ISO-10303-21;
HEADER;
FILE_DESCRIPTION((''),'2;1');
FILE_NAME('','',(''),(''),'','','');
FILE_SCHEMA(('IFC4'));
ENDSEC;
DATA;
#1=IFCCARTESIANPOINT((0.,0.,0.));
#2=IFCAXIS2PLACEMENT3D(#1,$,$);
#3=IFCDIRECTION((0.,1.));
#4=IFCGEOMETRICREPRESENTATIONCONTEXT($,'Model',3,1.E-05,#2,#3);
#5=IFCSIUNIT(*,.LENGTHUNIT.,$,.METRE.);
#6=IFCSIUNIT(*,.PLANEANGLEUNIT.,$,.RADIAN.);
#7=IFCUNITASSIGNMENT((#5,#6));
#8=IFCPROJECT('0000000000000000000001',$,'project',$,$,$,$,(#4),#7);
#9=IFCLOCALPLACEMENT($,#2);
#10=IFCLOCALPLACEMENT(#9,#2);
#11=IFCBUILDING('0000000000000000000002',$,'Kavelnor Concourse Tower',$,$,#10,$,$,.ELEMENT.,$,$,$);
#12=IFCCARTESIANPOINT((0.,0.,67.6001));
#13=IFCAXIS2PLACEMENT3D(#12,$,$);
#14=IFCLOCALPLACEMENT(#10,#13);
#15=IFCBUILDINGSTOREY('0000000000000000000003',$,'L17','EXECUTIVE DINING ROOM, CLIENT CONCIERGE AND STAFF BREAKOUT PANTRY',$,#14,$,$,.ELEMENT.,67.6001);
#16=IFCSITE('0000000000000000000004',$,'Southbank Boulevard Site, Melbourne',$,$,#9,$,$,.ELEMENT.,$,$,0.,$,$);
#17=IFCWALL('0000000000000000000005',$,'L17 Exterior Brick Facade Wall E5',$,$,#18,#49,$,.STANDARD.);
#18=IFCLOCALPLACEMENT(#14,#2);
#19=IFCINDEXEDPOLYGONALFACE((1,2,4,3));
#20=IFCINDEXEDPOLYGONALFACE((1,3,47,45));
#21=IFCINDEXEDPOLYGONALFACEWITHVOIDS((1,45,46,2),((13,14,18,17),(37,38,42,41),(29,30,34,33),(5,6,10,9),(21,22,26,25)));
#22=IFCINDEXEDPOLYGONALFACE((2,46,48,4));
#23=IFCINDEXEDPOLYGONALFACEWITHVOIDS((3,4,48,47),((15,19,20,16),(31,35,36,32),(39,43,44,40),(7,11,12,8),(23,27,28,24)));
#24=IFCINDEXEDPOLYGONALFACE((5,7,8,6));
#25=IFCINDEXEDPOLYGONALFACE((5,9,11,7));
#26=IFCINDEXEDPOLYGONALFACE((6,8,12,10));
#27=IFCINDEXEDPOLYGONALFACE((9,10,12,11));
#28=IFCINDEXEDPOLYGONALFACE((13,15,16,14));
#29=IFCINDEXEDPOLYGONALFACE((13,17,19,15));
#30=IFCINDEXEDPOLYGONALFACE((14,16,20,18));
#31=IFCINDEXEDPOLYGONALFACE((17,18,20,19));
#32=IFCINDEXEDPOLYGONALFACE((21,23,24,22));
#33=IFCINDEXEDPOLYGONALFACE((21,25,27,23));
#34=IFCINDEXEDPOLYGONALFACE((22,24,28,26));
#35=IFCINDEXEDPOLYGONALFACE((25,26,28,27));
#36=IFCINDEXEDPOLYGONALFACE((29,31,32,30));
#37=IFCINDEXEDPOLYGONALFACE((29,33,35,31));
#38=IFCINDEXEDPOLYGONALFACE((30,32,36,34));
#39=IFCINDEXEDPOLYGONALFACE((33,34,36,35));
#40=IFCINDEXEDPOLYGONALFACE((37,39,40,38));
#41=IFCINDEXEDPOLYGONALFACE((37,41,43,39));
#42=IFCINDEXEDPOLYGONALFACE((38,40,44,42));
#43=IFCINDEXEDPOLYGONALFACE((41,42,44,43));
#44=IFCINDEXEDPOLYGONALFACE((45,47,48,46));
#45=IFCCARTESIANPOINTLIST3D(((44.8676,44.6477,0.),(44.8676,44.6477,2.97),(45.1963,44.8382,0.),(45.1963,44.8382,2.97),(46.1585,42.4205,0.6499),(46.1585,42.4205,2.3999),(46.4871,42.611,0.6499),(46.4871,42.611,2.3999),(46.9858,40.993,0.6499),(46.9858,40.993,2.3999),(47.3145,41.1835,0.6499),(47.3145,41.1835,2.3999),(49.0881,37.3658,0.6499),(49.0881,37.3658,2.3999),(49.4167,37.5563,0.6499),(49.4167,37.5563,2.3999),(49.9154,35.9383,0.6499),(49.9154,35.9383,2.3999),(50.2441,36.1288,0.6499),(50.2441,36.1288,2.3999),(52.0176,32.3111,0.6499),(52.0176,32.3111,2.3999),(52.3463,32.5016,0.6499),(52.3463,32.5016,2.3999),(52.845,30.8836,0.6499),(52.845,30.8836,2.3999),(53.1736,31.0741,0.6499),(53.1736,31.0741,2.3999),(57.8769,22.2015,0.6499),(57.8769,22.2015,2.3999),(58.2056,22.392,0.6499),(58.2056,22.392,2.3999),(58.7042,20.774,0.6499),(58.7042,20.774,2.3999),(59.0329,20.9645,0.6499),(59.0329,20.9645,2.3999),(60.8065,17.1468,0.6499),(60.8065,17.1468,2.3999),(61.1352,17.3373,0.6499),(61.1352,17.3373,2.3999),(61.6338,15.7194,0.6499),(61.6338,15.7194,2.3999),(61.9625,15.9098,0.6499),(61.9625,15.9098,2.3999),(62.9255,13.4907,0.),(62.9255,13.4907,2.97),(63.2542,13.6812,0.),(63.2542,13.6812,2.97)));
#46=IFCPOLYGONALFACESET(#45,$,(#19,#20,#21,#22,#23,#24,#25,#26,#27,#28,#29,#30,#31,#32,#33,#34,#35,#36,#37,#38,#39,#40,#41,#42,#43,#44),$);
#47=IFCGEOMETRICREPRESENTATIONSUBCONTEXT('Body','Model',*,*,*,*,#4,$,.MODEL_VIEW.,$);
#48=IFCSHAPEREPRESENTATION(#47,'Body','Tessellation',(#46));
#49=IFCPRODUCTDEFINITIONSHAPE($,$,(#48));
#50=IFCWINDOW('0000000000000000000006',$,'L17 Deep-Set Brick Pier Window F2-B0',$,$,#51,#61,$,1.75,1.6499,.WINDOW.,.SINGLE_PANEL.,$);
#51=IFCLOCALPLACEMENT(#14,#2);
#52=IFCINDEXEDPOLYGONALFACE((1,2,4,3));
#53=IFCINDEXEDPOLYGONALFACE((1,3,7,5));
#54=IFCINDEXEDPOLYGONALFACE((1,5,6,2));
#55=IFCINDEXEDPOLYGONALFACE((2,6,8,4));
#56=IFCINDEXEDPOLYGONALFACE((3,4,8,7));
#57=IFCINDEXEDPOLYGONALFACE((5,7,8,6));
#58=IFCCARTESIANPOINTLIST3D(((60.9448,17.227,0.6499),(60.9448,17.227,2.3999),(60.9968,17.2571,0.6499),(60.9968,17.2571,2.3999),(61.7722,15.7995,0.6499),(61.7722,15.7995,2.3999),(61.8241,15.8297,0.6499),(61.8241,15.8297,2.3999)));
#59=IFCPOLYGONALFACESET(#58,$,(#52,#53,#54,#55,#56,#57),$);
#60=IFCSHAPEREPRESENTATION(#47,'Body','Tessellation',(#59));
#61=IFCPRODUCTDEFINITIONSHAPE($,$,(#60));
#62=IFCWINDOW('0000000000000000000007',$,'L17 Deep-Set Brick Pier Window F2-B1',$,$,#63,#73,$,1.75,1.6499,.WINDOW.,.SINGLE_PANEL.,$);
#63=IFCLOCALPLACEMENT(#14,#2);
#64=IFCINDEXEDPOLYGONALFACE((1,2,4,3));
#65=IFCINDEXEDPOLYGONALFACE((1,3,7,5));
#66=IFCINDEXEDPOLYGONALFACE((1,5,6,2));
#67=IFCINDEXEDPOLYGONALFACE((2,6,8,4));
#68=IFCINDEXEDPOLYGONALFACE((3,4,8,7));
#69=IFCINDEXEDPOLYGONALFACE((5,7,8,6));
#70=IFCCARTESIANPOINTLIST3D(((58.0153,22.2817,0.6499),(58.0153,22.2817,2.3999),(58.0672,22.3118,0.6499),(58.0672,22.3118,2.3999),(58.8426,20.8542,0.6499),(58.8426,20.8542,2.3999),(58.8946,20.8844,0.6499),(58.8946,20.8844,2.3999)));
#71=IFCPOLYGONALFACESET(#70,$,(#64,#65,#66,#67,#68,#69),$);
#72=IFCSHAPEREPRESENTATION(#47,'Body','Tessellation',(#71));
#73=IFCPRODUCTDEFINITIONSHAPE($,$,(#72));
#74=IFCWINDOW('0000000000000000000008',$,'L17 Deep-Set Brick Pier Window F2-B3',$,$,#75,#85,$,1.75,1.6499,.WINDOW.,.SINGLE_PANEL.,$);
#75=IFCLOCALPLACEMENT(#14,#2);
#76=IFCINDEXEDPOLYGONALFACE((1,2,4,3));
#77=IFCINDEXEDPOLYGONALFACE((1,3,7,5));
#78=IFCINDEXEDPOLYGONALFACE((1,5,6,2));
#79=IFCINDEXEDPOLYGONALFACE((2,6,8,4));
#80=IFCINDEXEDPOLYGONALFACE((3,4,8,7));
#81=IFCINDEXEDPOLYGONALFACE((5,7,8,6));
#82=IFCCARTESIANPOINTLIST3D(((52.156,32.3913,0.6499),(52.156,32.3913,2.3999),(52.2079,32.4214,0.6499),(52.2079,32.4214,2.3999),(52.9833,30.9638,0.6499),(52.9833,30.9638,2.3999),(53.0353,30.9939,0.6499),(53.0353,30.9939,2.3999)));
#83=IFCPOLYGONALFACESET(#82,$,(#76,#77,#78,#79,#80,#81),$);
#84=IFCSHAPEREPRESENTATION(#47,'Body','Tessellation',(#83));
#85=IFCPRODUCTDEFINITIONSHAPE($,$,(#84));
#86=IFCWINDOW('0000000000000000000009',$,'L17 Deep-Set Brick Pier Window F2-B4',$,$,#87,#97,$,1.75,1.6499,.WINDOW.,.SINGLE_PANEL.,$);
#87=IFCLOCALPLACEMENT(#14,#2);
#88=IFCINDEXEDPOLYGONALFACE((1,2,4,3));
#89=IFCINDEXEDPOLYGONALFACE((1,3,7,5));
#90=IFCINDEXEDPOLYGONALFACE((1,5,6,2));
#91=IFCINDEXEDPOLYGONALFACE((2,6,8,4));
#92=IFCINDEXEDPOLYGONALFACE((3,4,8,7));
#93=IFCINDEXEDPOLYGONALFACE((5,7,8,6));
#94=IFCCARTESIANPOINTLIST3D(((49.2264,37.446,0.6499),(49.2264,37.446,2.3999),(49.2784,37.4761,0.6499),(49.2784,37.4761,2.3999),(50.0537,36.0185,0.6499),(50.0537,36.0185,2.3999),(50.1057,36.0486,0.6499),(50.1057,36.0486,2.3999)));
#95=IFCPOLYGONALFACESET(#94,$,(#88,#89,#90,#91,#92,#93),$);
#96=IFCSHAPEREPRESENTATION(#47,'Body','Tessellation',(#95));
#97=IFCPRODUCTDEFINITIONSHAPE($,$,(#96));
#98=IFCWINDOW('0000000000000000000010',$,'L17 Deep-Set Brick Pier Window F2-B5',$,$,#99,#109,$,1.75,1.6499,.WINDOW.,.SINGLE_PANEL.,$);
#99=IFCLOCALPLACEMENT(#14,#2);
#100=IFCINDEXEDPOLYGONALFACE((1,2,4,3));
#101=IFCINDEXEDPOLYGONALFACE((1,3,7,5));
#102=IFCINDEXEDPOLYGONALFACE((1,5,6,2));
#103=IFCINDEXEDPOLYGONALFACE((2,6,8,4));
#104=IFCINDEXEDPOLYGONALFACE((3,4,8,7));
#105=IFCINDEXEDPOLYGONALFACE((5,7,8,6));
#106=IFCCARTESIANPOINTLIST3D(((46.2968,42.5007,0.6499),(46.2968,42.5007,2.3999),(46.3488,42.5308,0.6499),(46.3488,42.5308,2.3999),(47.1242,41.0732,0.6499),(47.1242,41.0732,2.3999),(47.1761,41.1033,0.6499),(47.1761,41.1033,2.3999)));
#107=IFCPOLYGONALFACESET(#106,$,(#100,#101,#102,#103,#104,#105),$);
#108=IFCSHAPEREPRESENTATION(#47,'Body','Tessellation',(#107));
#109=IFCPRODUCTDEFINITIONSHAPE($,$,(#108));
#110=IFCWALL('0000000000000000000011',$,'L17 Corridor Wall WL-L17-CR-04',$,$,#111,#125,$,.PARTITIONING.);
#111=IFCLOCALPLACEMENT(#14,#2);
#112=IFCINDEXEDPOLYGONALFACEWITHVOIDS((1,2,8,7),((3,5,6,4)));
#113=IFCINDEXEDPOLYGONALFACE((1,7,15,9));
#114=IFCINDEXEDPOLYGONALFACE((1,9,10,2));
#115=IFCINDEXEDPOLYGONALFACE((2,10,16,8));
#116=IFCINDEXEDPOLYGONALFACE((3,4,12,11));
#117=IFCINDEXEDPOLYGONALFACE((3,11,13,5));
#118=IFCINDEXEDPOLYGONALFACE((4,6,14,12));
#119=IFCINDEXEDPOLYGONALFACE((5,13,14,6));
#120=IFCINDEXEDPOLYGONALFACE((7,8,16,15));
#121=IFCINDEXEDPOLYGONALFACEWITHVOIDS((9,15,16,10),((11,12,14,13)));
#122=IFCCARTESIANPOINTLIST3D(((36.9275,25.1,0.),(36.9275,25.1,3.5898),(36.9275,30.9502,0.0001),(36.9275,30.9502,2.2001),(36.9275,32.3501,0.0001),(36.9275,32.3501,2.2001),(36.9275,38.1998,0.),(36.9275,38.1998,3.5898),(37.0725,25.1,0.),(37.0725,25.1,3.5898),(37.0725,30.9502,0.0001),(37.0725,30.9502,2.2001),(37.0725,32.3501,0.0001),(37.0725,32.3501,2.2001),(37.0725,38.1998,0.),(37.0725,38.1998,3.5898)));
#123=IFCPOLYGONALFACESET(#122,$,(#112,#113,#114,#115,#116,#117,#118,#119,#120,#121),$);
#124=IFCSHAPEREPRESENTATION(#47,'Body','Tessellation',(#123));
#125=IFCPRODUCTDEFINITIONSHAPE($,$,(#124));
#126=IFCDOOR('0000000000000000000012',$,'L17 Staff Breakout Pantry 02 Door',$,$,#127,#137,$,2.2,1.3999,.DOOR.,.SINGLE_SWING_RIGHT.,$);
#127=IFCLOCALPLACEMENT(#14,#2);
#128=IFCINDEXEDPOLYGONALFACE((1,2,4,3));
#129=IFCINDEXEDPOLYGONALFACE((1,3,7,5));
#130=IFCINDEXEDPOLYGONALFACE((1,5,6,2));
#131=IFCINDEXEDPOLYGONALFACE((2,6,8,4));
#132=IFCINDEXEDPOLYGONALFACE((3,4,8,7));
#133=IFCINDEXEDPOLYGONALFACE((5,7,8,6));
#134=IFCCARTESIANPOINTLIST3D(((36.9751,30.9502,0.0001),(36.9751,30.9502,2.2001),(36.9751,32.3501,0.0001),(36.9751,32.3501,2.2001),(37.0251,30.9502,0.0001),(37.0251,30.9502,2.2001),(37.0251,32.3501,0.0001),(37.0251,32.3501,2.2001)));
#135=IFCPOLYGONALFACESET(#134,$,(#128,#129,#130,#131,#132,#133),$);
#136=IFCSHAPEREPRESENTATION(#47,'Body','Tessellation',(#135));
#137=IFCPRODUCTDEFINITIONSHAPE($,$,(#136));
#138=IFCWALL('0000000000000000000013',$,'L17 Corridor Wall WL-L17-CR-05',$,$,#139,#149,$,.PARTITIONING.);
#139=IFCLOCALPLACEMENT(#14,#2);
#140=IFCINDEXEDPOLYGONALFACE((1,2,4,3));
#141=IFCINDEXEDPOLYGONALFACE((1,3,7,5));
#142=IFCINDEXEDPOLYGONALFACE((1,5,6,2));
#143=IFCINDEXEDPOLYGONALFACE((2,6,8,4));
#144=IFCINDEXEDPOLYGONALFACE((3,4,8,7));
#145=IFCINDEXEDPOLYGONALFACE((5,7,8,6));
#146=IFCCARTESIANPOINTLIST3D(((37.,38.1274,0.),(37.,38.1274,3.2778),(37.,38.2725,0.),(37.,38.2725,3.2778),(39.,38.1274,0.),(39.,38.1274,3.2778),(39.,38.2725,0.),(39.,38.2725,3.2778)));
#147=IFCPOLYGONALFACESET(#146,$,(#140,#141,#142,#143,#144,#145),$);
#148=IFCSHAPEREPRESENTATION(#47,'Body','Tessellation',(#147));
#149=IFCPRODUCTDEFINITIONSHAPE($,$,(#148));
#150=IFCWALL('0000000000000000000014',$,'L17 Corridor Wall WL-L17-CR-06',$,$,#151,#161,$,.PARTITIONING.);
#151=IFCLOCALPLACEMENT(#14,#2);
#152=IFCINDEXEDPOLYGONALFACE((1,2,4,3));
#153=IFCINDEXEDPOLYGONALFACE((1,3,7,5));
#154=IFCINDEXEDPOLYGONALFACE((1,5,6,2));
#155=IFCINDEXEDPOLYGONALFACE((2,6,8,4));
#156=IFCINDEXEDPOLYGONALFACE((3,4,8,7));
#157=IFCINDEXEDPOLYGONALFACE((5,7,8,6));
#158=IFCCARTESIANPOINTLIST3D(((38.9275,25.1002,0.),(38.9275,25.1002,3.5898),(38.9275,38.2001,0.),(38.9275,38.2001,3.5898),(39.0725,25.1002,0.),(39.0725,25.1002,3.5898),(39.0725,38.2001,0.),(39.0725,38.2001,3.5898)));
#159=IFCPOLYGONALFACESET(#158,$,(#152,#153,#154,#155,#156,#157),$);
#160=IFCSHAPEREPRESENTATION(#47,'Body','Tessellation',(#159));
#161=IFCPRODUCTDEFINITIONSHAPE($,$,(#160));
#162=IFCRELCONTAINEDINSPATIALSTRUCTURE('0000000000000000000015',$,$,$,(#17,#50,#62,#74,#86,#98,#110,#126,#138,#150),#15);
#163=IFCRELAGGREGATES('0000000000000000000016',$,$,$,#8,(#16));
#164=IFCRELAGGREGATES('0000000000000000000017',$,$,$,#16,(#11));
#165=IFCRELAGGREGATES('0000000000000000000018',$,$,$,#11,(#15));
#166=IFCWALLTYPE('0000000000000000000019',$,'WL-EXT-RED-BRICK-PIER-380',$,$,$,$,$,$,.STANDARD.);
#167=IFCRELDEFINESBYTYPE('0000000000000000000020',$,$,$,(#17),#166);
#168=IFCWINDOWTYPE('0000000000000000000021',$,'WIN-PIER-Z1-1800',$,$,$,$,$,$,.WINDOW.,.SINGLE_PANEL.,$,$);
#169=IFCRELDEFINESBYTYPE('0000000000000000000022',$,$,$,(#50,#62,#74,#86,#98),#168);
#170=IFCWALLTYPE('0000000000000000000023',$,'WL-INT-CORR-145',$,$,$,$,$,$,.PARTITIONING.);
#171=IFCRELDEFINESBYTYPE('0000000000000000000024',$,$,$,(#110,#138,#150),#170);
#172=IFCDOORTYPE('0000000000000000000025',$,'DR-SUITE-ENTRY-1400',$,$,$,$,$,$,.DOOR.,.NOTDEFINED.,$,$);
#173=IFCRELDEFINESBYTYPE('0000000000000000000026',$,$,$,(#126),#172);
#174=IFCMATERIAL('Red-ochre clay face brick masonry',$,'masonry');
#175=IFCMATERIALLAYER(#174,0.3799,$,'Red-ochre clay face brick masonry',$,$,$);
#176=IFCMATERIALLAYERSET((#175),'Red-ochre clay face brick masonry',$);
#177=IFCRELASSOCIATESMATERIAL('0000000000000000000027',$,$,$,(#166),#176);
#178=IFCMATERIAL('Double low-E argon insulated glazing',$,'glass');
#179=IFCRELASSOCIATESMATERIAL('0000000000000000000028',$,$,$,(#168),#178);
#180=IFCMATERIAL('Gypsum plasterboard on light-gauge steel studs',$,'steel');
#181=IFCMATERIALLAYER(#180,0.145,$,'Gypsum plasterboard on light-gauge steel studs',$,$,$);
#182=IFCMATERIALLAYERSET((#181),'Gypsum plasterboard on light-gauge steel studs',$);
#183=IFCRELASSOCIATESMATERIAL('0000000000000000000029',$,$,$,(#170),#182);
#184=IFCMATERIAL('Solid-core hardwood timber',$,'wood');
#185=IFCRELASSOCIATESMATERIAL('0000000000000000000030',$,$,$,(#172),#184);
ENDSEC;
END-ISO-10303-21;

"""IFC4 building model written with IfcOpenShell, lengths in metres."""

from ifc_helpers import new_model, si_unit, direction, frame, frame_2d, origin, place, context, subcontext, project, spatial, rectangle, extrude, material, layer, layer_set, type_object, element, fill, save


model = new_model("IFC4")

# Units and contexts
model_context = context("Model", 3, precision=1e-05, world=origin(), true_north=direction((0.0, 1.0)))
body_context = subcontext(model_context, "Body", "Model", "MODEL_VIEW")
ifc_project = project(units=[si_unit("LENGTHUNIT", "METRE"), si_unit("PLANEANGLEUNIT", "RADIAN")], contexts=[model_context])

# Site, building, storey
site_placement = place(None, origin())
site = spatial("IfcSite", under=ifc_project, at=site_placement, Name="Southbank Boulevard Site, Melbourne", CompositionType="ELEMENT", RefElevation=0.0)
building_placement = place(site_placement, origin())
building = spatial("IfcBuilding", under=site, at=building_placement, Name="Kavelnor Concourse Tower", CompositionType="ELEMENT")
storey_placement = place(building_placement, frame((0.0, 0.0, 67.6001)))
storey = spatial("IfcBuildingStorey", under=building, at=storey_placement, Name="L17", Description="EXECUTIVE DINING ROOM, CLIENT CONCIERGE AND STAFF BREAKOUT PANTRY", CompositionType="ELEMENT", Elevation=67.6001)

# Wall, openings, windows
ifc_material_1 = material(Name="Red-ochre clay face brick masonry", Category="masonry")
ifc_layer_1 = layer(ifc_material_1, 0.3799, Name="Red-ochre clay face brick masonry")
ifc_layer_set_1 = layer_set([ifc_layer_1], Name="Red-ochre clay face brick masonry")
wall_type_1 = type_object("IfcWallType", Name="WL-EXT-RED-BRICK-PIER-380", PredefinedType="STANDARD", material=ifc_layer_set_1)
wall_1_placement = place(storey_placement, frame((45.032, 44.7429, 0.0), z_axis=(0.0, 0.0, 1.0), x_axis=(0.501444, -0.86519, 0.0)))
wall_1 = element("IfcWall", 1, at=wall_1_placement, inside=storey, type_object=wall_type_1, Name="L17 Exterior Brick Facade Wall E5", PredefinedType="STANDARD", context=body_context, shape_type="SweptSolid", body=[
    extrude(rectangle(XDim=36.0117, YDim=0.3799, at=frame_2d((18.0059, 0.0))), origin(), (0.0, 0.0, 1.0), 2.97),
])
opening_1_placement = place(wall_1_placement, frame((31.7859, 0.0, 0.6499)))
opening_1 = element("IfcOpeningElement", 2, at=opening_1_placement, cuts=wall_1, PredefinedType="OPENING", context=body_context, shape_type="SweptSolid", body=[
    extrude(rectangle(XDim=1.6499, YDim=1.75, at=frame_2d((0.825, 0.875))), frame((0.0, 0.2, 0.0), z_axis=(0.0, -1.0, 0.0), x_axis=(1.0, 0.0, 0.0)), (0.0, 0.0, 1.0), 0.3999),
])
opening_2_placement = place(wall_1_placement, frame((25.9436, 0.0, 0.6499)))
opening_2 = element("IfcOpeningElement", 3, at=opening_2_placement, cuts=wall_1, PredefinedType="OPENING", context=body_context, shape_type="SweptSolid", body=[
    extrude(rectangle(XDim=1.6499, YDim=1.75, at=frame_2d((0.825, 0.875))), frame((0.0, 0.2, 0.0), z_axis=(0.0, -1.0, 0.0), x_axis=(1.0, 0.0, 0.0)), (0.0, 0.0, 1.0), 0.3999),
])
opening_3_placement = place(wall_1_placement, frame((14.2588, 0.0, 0.6499)))
opening_3 = element("IfcOpeningElement", 4, at=opening_3_placement, cuts=wall_1, PredefinedType="OPENING", context=body_context, shape_type="SweptSolid", body=[
    extrude(rectangle(XDim=1.6499, YDim=1.75, at=frame_2d((0.825, 0.875))), frame((0.0, 0.2, 0.0), z_axis=(0.0, -1.0, 0.0), x_axis=(1.0, 0.0, 0.0)), (0.0, 0.0, 1.0), 0.3999),
])
opening_4_placement = place(wall_1_placement, frame((8.4165, 0.0, 0.6499)))
opening_4 = element("IfcOpeningElement", 5, at=opening_4_placement, cuts=wall_1, PredefinedType="OPENING", context=body_context, shape_type="SweptSolid", body=[
    extrude(rectangle(XDim=1.6499, YDim=1.75, at=frame_2d((0.825, 0.875))), frame((0.0, 0.2, 0.0), z_axis=(0.0, -1.0, 0.0), x_axis=(1.0, 0.0, 0.0)), (0.0, 0.0, 1.0), 0.3999),
])
opening_5_placement = place(wall_1_placement, frame((2.5742, 0.0, 0.6499)))
opening_5 = element("IfcOpeningElement", 6, at=opening_5_placement, cuts=wall_1, PredefinedType="OPENING", context=body_context, shape_type="SweptSolid", body=[
    extrude(rectangle(XDim=1.6499, YDim=1.75, at=frame_2d((0.825, 0.875))), frame((0.0, 0.2, 0.0), z_axis=(0.0, -1.0, 0.0), x_axis=(1.0, 0.0, 0.0)), (0.0, 0.0, 1.0), 0.3999),
])
ifc_material_2 = material(Name="Double low-E argon insulated glazing", Category="glass")
window_type = type_object("IfcWindowType", Name="WIN-PIER-Z1-1800", PartitioningType="SINGLE_PANEL", PredefinedType="WINDOW", material=ifc_material_2)
window_1_placement = place(opening_1_placement, origin())
window_1 = element("IfcWindow", 7, at=window_1_placement, inside=storey, type_object=window_type, Name="L17 Deep-Set Brick Pier Window F2-B0", OverallHeight=1.75, OverallWidth=1.6499, PartitioningType="SINGLE_PANEL", PredefinedType="WINDOW", context=body_context, shape_type="SweptSolid", body=[
    extrude(rectangle(XDim=1.6499, YDim=1.75, at=frame_2d((0.825, 0.875))), frame((0.0, 0.03, 0.0), z_axis=(0.0, -1.0, 0.0), x_axis=(1.0, 0.0, 0.0)), (0.0, 0.0, 1.0), 0.0601),
])
fill(opening_1, window_1)
window_2_placement = place(opening_2_placement, origin())
window_2 = element("IfcWindow", 8, at=window_2_placement, inside=storey, type_object=window_type, Name="L17 Deep-Set Brick Pier Window F2-B1", OverallHeight=1.75, OverallWidth=1.6499, PartitioningType="SINGLE_PANEL", PredefinedType="WINDOW", context=body_context, shape_type="SweptSolid", body=[
    extrude(rectangle(XDim=1.6499, YDim=1.75, at=frame_2d((0.825, 0.875))), frame((0.0, 0.03, 0.0), z_axis=(0.0, -1.0, 0.0), x_axis=(1.0, 0.0, 0.0)), (0.0, 0.0, 1.0), 0.0601),
])
fill(opening_2, window_2)
window_3_placement = place(opening_3_placement, origin())
window_3 = element("IfcWindow", 9, at=window_3_placement, inside=storey, type_object=window_type, Name="L17 Deep-Set Brick Pier Window F2-B3", OverallHeight=1.75, OverallWidth=1.6499, PartitioningType="SINGLE_PANEL", PredefinedType="WINDOW", context=body_context, shape_type="SweptSolid", body=[
    extrude(rectangle(XDim=1.6499, YDim=1.75, at=frame_2d((0.825, 0.875))), frame((0.0, 0.03, 0.0), z_axis=(0.0, -1.0, 0.0), x_axis=(1.0, 0.0, 0.0)), (0.0, 0.0, 1.0), 0.0601),
])
fill(opening_3, window_3)
window_4_placement = place(opening_4_placement, origin())
window_4 = element("IfcWindow", 10, at=window_4_placement, inside=storey, type_object=window_type, Name="L17 Deep-Set Brick Pier Window F2-B4", OverallHeight=1.75, OverallWidth=1.6499, PartitioningType="SINGLE_PANEL", PredefinedType="WINDOW", context=body_context, shape_type="SweptSolid", body=[
    extrude(rectangle(XDim=1.6499, YDim=1.75, at=frame_2d((0.825, 0.875))), frame((0.0, 0.03, 0.0), z_axis=(0.0, -1.0, 0.0), x_axis=(1.0, 0.0, 0.0)), (0.0, 0.0, 1.0), 0.0601),
])
fill(opening_4, window_4)
window_5_placement = place(opening_5_placement, origin())
window_5 = element("IfcWindow", 11, at=window_5_placement, inside=storey, type_object=window_type, Name="L17 Deep-Set Brick Pier Window F2-B5", OverallHeight=1.75, OverallWidth=1.6499, PartitioningType="SINGLE_PANEL", PredefinedType="WINDOW", context=body_context, shape_type="SweptSolid", body=[
    extrude(rectangle(XDim=1.6499, YDim=1.75, at=frame_2d((0.825, 0.875))), frame((0.0, 0.03, 0.0), z_axis=(0.0, -1.0, 0.0), x_axis=(1.0, 0.0, 0.0)), (0.0, 0.0, 1.0), 0.0601),
])
fill(opening_5, window_5)

# Wall, opening, door
ifc_material_3 = material(Name="Gypsum plasterboard on light-gauge steel studs", Category="steel")
ifc_layer_2 = layer(ifc_material_3, 0.145, Name="Gypsum plasterboard on light-gauge steel studs")
ifc_layer_set_2 = layer_set([ifc_layer_2], Name="Gypsum plasterboard on light-gauge steel studs")
wall_type_2 = type_object("IfcWallType", Name="WL-INT-CORR-145", PredefinedType="PARTITIONING", material=ifc_layer_set_2)
wall_2_placement = place(storey_placement, frame((37.0, 25.1001, 0.0), z_axis=(0.0, 0.0, 1.0), x_axis=(0.0, 1.0, 0.0)))
wall_2 = element("IfcWall", 12, at=wall_2_placement, inside=storey, type_object=wall_type_2, Name="L17 Corridor Wall WL-L17-CR-04", PredefinedType="PARTITIONING", context=body_context, shape_type="SweptSolid", body=[
    extrude(rectangle(XDim=13.0999, YDim=0.145, at=frame_2d((6.5498, 0.0))), origin(), (0.0, 0.0, 1.0), 3.5898),
])
opening_6_placement = place(wall_2_placement, frame((5.8501, 0.0, 0.0)))
opening_6 = element("IfcOpeningElement", 13, at=opening_6_placement, cuts=wall_2, PredefinedType="OPENING", context=body_context, shape_type="SweptSolid", body=[
    extrude(rectangle(XDim=1.3999, YDim=2.2, at=frame_2d((0.7, 1.1001))), frame((0.0, 0.0825, 0.0), z_axis=(0.0, -1.0, 0.0), x_axis=(1.0, 0.0, 0.0)), (0.0, 0.0, 1.0), 0.165),
])
ifc_material_4 = material(Name="Solid-core hardwood timber", Category="wood")
door_type = type_object("IfcDoorType", Name="DR-SUITE-ENTRY-1400", OperationType="NOTDEFINED", PredefinedType="DOOR", material=ifc_material_4)
door_placement = place(opening_6_placement, origin())
door = element("IfcDoor", 14, at=door_placement, inside=storey, type_object=door_type, Name="L17 Staff Breakout Pantry 02 Door", OperationType="SINGLE_SWING_RIGHT", OverallHeight=2.2, OverallWidth=1.3999, PredefinedType="DOOR", context=body_context, shape_type="SweptSolid", body=[
    extrude(rectangle(XDim=1.3999, YDim=2.2, at=frame_2d((0.7, 1.1001))), frame((0.0, 0.0249, 0.0), z_axis=(0.0, -1.0, 0.0), x_axis=(1.0, 0.0, 0.0)), (0.0, 0.0, 1.0), 0.05),
])
fill(opening_6, door)

# Walls
wall_3_placement = place(storey_placement, frame((37.0, 38.2, 0.0), z_axis=(0.0, 0.0, 1.0), x_axis=(1.0, 0.0, 0.0)))
element("IfcWall", 15, at=wall_3_placement, inside=storey, type_object=wall_type_2, Name="L17 Corridor Wall WL-L17-CR-05", PredefinedType="PARTITIONING", context=body_context, shape_type="SweptSolid", body=[
    extrude(rectangle(XDim=2.0, YDim=0.145, at=frame_2d((1.0, 0.0))), origin(), (0.0, 0.0, 1.0), 3.2778),
])
wall_4_placement = place(storey_placement, frame((39.0, 38.2, 0.0), z_axis=(0.0, 0.0, 1.0), x_axis=(0.0, -1.0, 0.0)))
element("IfcWall", 16, at=wall_4_placement, inside=storey, type_object=wall_type_2, Name="L17 Corridor Wall WL-L17-CR-06", PredefinedType="PARTITIONING", context=body_context, shape_type="SweptSolid", body=[
    extrude(rectangle(XDim=13.0999, YDim=0.145, at=frame_2d((6.5498, 0.0))), origin(), (0.0, 0.0, 1.0), 3.5898),
])

save(model, "model.ifc")
